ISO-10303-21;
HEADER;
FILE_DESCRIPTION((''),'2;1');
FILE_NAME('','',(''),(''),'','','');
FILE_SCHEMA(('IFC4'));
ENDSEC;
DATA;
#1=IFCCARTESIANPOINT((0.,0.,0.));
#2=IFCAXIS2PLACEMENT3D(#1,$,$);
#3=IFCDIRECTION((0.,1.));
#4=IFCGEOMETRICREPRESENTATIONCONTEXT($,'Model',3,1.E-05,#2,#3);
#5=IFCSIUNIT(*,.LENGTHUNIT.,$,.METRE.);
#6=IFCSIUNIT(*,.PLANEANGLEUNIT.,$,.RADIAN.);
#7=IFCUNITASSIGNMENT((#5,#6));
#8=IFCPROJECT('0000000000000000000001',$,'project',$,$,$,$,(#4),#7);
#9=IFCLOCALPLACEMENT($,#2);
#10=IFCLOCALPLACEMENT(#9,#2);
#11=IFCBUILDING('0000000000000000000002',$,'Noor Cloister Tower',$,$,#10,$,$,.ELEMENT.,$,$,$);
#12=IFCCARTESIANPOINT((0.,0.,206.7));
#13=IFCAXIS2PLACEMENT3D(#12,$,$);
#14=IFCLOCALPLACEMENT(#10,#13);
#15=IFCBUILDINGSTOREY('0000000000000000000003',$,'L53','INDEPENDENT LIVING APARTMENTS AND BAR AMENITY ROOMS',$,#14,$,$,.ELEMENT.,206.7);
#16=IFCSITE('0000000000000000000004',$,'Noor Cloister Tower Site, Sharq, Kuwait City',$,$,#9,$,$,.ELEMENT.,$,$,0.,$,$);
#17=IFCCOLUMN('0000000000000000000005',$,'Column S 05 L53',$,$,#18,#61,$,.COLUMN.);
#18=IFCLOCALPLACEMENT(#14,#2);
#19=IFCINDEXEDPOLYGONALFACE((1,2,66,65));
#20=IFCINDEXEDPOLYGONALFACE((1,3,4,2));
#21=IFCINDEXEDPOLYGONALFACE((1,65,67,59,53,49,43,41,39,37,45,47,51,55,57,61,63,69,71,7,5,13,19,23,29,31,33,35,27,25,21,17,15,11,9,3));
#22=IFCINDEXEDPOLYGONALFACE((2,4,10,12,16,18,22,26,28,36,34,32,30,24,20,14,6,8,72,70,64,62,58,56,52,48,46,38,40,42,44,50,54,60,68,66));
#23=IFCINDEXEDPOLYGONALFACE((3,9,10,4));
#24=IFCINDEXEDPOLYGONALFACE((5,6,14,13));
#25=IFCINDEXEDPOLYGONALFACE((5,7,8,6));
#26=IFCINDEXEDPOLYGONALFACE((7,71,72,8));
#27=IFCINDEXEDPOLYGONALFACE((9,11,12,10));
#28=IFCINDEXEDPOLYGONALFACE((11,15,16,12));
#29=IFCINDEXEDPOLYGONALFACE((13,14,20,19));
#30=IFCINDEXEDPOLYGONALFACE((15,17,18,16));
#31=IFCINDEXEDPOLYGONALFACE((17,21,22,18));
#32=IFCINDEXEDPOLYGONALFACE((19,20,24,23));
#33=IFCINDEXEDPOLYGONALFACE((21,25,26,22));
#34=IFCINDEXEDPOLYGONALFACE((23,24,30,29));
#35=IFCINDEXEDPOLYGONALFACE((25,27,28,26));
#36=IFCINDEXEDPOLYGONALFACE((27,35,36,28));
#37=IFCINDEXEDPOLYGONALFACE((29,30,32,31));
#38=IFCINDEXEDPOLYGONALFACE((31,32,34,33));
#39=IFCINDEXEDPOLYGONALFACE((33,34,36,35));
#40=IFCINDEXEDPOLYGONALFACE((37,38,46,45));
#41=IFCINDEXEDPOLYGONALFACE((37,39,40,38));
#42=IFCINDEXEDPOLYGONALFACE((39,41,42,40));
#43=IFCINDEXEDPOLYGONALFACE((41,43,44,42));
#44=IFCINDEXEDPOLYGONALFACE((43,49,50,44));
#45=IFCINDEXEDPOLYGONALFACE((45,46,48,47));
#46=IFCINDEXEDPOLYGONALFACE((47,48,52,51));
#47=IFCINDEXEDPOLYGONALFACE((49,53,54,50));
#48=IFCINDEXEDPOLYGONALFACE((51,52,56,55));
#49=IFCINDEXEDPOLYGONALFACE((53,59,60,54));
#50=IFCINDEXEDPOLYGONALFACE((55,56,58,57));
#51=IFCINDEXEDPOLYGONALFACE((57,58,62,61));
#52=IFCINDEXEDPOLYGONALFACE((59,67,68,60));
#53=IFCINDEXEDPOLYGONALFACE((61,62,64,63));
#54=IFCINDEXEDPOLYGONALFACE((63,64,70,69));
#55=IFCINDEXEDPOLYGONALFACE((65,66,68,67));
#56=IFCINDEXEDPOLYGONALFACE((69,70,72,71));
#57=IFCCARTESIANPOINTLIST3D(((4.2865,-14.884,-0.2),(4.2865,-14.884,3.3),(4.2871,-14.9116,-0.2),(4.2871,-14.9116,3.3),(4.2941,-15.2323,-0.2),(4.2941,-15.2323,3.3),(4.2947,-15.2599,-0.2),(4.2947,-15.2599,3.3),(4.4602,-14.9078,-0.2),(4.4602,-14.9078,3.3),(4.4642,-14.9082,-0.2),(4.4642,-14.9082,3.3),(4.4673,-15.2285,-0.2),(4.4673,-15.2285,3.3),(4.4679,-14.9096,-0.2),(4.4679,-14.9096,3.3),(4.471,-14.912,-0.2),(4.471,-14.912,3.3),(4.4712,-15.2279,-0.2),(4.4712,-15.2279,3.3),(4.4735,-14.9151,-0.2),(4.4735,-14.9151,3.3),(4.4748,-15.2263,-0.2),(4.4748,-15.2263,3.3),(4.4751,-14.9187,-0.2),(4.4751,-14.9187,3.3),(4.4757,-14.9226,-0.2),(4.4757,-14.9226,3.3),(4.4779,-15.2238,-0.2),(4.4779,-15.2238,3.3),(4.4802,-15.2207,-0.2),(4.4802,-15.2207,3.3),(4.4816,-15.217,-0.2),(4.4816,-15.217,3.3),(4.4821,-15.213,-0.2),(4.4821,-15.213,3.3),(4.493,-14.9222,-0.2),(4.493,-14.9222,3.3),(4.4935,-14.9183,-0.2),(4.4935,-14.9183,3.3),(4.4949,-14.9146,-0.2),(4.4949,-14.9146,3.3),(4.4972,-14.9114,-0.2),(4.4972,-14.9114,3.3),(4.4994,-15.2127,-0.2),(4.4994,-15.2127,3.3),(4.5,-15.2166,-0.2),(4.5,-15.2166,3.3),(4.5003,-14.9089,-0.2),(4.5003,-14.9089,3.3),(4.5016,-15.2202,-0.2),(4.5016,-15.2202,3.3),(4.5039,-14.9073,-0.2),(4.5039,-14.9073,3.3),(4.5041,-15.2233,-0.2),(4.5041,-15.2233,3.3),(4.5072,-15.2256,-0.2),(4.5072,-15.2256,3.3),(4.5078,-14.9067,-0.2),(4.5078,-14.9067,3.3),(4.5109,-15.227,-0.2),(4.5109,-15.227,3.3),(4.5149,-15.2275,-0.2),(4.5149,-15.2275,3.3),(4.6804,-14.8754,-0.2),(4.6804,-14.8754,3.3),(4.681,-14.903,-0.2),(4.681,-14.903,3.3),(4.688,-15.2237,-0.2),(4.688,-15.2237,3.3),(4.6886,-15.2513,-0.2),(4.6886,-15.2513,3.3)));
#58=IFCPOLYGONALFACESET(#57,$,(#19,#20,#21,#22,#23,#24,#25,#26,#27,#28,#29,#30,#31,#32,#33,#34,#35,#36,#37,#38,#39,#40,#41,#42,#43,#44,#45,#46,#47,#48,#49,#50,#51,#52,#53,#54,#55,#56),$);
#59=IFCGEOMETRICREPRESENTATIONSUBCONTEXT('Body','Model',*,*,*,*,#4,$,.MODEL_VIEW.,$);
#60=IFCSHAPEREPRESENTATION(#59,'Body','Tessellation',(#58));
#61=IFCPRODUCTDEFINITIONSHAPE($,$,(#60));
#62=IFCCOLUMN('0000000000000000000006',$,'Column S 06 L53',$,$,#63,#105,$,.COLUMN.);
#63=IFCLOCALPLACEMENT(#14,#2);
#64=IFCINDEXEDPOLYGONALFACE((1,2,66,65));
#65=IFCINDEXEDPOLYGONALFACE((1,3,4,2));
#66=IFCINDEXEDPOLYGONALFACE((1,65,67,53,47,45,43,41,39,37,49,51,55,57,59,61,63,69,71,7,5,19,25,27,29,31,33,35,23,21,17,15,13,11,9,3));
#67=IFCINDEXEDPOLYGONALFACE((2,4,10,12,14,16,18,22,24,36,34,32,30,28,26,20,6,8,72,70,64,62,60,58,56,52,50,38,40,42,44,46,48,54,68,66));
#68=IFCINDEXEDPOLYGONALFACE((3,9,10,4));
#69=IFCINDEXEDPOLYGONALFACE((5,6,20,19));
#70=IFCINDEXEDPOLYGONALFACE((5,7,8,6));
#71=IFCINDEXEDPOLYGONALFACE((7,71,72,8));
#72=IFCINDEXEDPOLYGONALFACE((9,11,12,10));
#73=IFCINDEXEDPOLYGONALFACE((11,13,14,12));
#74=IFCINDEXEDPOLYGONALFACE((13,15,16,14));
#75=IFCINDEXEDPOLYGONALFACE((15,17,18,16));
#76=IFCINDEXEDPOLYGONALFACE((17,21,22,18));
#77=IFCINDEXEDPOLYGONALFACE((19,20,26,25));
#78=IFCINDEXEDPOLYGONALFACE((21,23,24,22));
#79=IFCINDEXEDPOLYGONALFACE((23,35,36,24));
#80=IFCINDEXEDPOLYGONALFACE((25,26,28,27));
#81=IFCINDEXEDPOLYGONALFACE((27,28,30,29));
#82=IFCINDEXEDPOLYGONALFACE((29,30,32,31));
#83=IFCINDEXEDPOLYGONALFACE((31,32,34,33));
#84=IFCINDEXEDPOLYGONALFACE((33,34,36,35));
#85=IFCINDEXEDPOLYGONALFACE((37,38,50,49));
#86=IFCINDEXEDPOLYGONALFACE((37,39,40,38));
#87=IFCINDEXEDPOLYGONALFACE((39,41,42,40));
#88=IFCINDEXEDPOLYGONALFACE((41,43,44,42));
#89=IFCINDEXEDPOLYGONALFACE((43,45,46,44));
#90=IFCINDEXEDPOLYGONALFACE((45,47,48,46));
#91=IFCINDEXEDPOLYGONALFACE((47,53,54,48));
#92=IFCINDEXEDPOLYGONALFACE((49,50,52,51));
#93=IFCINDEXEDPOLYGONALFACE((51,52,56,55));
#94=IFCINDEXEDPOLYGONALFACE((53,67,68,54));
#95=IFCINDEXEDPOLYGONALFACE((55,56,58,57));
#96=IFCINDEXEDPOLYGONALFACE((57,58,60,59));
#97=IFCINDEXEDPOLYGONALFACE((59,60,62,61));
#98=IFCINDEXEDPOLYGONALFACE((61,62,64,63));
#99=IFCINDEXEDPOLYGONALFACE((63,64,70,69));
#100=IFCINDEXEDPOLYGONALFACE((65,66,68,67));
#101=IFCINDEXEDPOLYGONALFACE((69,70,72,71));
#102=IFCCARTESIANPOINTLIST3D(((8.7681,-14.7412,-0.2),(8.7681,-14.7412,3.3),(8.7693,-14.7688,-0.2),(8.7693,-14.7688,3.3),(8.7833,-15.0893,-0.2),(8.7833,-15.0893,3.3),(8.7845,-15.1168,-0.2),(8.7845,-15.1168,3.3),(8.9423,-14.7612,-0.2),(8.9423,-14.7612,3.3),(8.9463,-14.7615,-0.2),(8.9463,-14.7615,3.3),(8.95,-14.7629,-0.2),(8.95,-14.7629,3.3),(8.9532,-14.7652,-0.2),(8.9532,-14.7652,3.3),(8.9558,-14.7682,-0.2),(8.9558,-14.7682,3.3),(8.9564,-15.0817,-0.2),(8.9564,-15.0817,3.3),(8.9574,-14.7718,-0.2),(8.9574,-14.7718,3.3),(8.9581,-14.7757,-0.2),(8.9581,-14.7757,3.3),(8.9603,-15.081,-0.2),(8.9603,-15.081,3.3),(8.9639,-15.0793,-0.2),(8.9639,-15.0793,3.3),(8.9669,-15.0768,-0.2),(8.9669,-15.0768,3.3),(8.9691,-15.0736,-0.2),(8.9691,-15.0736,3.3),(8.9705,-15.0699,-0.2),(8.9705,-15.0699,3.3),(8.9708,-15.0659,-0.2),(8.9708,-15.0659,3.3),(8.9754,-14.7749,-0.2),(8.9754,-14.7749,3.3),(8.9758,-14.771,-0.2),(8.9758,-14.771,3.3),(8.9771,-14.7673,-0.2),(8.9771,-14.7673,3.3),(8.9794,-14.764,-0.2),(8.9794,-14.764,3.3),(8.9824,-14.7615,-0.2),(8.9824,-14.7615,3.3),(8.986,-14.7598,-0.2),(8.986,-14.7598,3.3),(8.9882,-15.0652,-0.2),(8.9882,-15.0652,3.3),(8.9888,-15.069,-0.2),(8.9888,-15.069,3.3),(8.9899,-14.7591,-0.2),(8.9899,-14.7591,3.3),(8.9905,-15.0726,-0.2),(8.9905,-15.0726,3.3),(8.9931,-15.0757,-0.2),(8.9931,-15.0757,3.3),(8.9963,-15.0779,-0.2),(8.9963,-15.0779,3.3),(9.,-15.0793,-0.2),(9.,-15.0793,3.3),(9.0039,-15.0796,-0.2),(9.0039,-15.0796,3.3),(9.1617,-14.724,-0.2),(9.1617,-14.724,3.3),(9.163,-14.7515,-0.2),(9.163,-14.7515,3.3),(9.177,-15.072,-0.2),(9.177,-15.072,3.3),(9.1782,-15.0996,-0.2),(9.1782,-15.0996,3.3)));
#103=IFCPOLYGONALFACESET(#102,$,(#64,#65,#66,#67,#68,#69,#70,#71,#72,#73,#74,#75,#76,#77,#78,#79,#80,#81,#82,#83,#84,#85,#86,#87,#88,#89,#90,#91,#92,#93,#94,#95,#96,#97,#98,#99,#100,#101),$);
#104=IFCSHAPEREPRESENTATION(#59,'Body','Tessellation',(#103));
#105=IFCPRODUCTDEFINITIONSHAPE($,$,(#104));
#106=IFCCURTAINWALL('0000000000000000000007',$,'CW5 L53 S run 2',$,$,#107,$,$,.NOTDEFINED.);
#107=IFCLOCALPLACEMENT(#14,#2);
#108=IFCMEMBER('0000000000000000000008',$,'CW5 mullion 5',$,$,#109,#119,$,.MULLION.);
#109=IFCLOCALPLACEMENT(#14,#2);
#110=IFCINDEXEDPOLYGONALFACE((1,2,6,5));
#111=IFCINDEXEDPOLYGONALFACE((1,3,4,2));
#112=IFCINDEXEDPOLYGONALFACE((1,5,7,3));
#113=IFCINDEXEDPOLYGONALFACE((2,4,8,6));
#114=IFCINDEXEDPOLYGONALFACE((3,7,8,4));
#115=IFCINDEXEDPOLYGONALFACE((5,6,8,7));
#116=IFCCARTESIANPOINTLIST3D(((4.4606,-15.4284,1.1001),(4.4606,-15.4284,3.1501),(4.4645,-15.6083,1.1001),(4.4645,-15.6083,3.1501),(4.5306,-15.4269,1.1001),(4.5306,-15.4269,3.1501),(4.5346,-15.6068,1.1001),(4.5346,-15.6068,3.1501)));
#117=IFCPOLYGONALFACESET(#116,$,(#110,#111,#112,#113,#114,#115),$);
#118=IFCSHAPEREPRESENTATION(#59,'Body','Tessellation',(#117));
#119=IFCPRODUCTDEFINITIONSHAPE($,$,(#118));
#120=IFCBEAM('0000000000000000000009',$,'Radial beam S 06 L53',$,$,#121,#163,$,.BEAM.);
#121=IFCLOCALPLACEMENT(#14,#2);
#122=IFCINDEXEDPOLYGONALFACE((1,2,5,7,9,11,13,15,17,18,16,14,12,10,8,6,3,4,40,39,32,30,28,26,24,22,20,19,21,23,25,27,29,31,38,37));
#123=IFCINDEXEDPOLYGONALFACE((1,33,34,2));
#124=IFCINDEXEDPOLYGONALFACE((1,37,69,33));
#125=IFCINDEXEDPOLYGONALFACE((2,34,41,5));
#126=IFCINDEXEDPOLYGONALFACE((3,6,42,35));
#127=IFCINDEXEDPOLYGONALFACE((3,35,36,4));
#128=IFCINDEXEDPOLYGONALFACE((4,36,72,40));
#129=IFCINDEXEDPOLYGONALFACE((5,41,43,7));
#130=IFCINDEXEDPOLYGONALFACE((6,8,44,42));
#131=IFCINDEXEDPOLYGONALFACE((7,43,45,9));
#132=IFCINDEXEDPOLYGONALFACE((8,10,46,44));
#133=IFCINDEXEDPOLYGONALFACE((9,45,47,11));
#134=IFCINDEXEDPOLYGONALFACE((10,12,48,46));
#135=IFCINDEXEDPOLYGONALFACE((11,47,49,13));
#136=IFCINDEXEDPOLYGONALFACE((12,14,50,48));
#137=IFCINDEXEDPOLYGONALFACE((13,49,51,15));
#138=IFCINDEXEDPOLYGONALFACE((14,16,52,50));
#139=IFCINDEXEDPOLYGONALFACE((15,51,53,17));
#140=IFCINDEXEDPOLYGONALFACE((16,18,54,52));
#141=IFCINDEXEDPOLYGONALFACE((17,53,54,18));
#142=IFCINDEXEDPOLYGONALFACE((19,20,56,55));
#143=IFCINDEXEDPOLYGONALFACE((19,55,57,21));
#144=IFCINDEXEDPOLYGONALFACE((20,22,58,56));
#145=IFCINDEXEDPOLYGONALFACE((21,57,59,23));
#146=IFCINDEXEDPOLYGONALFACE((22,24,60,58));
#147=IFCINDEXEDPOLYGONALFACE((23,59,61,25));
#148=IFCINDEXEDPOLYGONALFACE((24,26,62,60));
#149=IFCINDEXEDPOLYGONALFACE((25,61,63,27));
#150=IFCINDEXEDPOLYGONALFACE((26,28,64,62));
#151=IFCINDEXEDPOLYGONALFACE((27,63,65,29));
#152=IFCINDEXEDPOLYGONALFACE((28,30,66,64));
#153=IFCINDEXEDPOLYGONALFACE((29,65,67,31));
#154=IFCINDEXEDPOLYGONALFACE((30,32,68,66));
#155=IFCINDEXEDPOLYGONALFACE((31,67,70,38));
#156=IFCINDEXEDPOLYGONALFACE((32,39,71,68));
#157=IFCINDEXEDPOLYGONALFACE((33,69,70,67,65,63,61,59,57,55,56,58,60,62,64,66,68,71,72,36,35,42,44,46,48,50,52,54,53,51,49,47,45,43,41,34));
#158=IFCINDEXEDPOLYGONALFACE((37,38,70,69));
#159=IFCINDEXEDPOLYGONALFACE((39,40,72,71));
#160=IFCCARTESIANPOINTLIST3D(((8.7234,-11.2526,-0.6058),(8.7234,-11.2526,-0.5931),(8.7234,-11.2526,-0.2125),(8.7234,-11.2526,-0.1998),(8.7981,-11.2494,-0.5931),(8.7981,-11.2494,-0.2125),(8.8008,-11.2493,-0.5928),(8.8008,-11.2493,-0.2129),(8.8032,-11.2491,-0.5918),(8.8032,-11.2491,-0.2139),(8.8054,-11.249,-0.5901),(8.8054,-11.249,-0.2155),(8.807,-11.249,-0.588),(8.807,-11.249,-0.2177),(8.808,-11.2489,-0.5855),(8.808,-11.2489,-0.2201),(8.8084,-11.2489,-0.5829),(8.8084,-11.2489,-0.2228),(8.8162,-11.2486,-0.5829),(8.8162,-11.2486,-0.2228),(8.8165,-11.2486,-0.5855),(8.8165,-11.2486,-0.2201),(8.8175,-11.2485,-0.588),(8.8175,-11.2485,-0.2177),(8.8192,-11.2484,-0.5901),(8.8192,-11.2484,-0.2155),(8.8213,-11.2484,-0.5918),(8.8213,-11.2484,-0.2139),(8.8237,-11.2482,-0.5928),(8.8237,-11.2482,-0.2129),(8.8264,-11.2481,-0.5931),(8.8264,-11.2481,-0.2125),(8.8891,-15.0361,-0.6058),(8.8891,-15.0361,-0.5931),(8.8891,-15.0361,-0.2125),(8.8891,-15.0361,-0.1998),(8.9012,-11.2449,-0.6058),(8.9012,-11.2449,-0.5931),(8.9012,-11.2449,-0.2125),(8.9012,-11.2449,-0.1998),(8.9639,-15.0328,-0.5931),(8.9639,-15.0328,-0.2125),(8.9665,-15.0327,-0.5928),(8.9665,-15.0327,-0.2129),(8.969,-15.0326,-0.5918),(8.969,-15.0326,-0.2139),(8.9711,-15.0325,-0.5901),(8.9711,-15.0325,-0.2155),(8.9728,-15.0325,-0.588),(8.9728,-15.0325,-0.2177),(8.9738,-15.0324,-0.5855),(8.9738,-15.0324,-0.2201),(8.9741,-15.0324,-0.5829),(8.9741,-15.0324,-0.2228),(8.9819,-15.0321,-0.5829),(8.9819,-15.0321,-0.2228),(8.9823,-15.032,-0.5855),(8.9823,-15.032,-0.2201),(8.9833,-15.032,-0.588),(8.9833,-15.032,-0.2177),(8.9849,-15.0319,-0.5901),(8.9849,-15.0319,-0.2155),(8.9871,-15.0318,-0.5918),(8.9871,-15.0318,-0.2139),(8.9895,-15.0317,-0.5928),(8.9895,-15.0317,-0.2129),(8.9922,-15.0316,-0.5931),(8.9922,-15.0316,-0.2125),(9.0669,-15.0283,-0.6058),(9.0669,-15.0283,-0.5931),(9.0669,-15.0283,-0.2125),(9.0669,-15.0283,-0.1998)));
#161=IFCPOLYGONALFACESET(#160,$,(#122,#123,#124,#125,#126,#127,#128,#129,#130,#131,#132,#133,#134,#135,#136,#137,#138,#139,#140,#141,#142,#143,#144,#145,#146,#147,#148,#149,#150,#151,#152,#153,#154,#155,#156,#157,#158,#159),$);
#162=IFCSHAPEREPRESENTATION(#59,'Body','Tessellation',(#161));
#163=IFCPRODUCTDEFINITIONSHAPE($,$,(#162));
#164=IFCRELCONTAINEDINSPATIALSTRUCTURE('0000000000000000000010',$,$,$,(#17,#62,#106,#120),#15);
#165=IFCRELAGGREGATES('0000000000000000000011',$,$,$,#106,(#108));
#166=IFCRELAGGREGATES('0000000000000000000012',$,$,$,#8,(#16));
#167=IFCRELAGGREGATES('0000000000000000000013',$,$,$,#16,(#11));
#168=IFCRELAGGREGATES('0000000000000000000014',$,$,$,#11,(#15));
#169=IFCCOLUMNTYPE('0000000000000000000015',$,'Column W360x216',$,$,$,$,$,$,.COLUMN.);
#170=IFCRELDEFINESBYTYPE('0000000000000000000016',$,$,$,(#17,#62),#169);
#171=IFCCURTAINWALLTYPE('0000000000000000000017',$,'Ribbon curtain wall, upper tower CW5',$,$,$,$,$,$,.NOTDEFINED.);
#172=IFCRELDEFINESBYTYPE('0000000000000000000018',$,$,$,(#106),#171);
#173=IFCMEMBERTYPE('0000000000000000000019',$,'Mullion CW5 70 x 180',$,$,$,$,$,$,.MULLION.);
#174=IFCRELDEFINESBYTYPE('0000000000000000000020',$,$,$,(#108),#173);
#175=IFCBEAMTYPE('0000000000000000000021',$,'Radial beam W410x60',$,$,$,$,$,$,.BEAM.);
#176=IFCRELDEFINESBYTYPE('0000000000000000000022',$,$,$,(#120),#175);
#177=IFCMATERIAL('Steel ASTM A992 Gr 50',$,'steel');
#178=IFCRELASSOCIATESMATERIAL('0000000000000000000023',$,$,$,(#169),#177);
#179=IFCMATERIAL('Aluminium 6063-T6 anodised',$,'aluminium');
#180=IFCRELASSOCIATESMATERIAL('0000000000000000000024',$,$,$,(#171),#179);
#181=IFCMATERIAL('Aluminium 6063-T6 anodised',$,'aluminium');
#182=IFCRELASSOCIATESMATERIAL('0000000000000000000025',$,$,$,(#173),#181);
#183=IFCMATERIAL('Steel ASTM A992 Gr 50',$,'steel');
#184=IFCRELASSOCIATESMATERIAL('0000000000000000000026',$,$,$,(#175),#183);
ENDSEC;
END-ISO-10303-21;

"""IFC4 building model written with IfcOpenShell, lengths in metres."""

from ifc_helpers import new_model, si_unit, direction, frame, origin, origin_2d, place, context, subcontext, project, spatial, rectangle, i_section, extrude, material, material_profile, profile_set, type_object, element, aggregate, save


model = new_model("IFC4")

# Units and contexts
model_context = context("Model", 3, precision=1e-05, world=origin(), true_north=direction((0.0, 1.0)))
body_context = subcontext(model_context, "Body", "Model", "MODEL_VIEW")
ifc_project = project(units=[si_unit("LENGTHUNIT", "METRE"), si_unit("PLANEANGLEUNIT", "RADIAN")], contexts=[model_context])

# Site, building, storey
site_placement = place(None, origin())
site = spatial("IfcSite", under=ifc_project, at=site_placement, Name="Noor Cloister Tower Site, Sharq, Kuwait City", CompositionType="ELEMENT", RefElevation=0.0)
building_placement = place(site_placement, origin())
building = spatial("IfcBuilding", under=site, at=building_placement, Name="Noor Cloister Tower", CompositionType="ELEMENT")
storey_placement = place(building_placement, frame((0.0, 0.0, 206.7)))
storey = spatial("IfcBuildingStorey", under=building, at=storey_placement, Name="L53", Description="INDEPENDENT LIVING APARTMENTS AND BAR AMENITY ROOMS", CompositionType="ELEMENT", Elevation=206.7)

# Columns
ifc_material_1 = material(Name="Steel ASTM A992 Gr 50", Category="steel")
ifc_material_profile_1 = material_profile(ifc_material_1, i_section(OverallWidth=0.394, OverallDepth=0.376, WebThickness=0.0173, FlangeThickness=0.0276, FilletRadius=0.0151, at=origin_2d()), Name="W360x216")
ifc_profile_set_1 = profile_set([ifc_material_profile_1], Name="Steel ASTM A992 Gr 50")
column_type = type_object("IfcColumnType", Name="Column W360x216", PredefinedType="COLUMN", material=ifc_profile_set_1)
for number, where, z_axis, x_axis, name in (
    (1, (4.4875, -15.0676, -0.2), (0.0, 0.0, 1.0), (0.99976, 0.02189, 0.0), "Column S 05 L53"),
    (2, (8.9731, -14.9204, -0.2), (0.0, 0.0, 1.0), (0.999042, 0.043769, 0.0), "Column S 06 L53"),
):
    element("IfcColumn", number, at=place(storey_placement, frame(where, z_axis=z_axis, x_axis=x_axis)), inside=storey, type_object=column_type, Name=name, PredefinedType="COLUMN", context=body_context, shape_type="SweptSolid", body=[
        extrude(i_section(OverallWidth=0.394, OverallDepth=0.376, WebThickness=0.0173, FlangeThickness=0.0276, FilletRadius=0.0151, at=origin_2d()), origin(), (0.0, 0.0, 1.0), 3.5),
    ])

# Curtain wall, member
ifc_material_2 = material(Name="Aluminium 6063-T6 anodised", Category="aluminium")
curtain_wall_type = type_object("IfcCurtainWallType", Name="Ribbon curtain wall, upper tower CW5", PredefinedType="NOTDEFINED", material=ifc_material_2)
curtain_wall_placement = place(storey_placement, origin())
curtain_wall = element("IfcCurtainWall", 3, at=curtain_wall_placement, inside=storey, type_object=curtain_wall_type, Name="CW5 L53 S run 2", PredefinedType="NOTDEFINED")
ifc_material_3 = material(Name="Aluminium 6063-T6 anodised", Category="aluminium")
ifc_material_profile_2 = material_profile(ifc_material_3, rectangle(XDim=0.1799, YDim=0.0701, at=origin_2d()), Name="180 x 70 mullion")
ifc_profile_set_2 = profile_set([ifc_material_profile_2], Name="Aluminium 6063-T6 anodised")
member_type = type_object("IfcMemberType", Name="Mullion CW5 70 x 180", PredefinedType="MULLION", material=ifc_profile_set_2)
member_placement = place(storey_placement, frame((4.4976, -15.5176, 1.1001), z_axis=(0.0, 0.0, 1.0), x_axis=(-0.02189, 0.99976, 0.0)))
member = element("IfcMember", 4, at=member_placement, type_object=member_type, Name="CW5 mullion 5", PredefinedType="MULLION", context=body_context, shape_type="SweptSolid", body=[
    extrude(rectangle(XDim=0.1799, YDim=0.0701, at=origin_2d()), origin(), (0.0, 0.0, 1.0), 2.05),
])

# Beam
ifc_material_4 = material(Name="Steel ASTM A992 Gr 50", Category="steel")
ifc_material_profile_3 = material_profile(ifc_material_4, i_section(OverallWidth=0.178, OverallDepth=0.406, WebThickness=0.0078, FlangeThickness=0.0127, FilletRadius=0.0103, at=origin_2d()), Name="W410x60")
ifc_profile_set_3 = profile_set([ifc_material_profile_3], Name="Steel ASTM A992 Gr 50")
beam_type_1 = type_object("IfcBeamType", Name="Radial beam W410x60", PredefinedType="BEAM", material=ifc_profile_set_3)
beam_1_placement = place(storey_placement, frame((8.978, -15.0322, -0.4028), z_axis=(-0.043773, 0.999042, 0.0), x_axis=(-0.999042, -0.043773, 0.0)))
element("IfcBeam", 5, at=beam_1_placement, inside=storey, type_object=beam_type_1, Name="Radial beam S 06 L53", PredefinedType="BEAM", context=body_context, shape_type="SweptSolid", body=[
    extrude(i_section(OverallWidth=0.178, OverallDepth=0.406, WebThickness=0.0078, FlangeThickness=0.0127, FilletRadius=0.0103, at=origin_2d()), origin(), (0.0, 0.0, 1.0), 3.7871),
])

aggregate(curtain_wall, [member])

save(model, "model.ifc")
